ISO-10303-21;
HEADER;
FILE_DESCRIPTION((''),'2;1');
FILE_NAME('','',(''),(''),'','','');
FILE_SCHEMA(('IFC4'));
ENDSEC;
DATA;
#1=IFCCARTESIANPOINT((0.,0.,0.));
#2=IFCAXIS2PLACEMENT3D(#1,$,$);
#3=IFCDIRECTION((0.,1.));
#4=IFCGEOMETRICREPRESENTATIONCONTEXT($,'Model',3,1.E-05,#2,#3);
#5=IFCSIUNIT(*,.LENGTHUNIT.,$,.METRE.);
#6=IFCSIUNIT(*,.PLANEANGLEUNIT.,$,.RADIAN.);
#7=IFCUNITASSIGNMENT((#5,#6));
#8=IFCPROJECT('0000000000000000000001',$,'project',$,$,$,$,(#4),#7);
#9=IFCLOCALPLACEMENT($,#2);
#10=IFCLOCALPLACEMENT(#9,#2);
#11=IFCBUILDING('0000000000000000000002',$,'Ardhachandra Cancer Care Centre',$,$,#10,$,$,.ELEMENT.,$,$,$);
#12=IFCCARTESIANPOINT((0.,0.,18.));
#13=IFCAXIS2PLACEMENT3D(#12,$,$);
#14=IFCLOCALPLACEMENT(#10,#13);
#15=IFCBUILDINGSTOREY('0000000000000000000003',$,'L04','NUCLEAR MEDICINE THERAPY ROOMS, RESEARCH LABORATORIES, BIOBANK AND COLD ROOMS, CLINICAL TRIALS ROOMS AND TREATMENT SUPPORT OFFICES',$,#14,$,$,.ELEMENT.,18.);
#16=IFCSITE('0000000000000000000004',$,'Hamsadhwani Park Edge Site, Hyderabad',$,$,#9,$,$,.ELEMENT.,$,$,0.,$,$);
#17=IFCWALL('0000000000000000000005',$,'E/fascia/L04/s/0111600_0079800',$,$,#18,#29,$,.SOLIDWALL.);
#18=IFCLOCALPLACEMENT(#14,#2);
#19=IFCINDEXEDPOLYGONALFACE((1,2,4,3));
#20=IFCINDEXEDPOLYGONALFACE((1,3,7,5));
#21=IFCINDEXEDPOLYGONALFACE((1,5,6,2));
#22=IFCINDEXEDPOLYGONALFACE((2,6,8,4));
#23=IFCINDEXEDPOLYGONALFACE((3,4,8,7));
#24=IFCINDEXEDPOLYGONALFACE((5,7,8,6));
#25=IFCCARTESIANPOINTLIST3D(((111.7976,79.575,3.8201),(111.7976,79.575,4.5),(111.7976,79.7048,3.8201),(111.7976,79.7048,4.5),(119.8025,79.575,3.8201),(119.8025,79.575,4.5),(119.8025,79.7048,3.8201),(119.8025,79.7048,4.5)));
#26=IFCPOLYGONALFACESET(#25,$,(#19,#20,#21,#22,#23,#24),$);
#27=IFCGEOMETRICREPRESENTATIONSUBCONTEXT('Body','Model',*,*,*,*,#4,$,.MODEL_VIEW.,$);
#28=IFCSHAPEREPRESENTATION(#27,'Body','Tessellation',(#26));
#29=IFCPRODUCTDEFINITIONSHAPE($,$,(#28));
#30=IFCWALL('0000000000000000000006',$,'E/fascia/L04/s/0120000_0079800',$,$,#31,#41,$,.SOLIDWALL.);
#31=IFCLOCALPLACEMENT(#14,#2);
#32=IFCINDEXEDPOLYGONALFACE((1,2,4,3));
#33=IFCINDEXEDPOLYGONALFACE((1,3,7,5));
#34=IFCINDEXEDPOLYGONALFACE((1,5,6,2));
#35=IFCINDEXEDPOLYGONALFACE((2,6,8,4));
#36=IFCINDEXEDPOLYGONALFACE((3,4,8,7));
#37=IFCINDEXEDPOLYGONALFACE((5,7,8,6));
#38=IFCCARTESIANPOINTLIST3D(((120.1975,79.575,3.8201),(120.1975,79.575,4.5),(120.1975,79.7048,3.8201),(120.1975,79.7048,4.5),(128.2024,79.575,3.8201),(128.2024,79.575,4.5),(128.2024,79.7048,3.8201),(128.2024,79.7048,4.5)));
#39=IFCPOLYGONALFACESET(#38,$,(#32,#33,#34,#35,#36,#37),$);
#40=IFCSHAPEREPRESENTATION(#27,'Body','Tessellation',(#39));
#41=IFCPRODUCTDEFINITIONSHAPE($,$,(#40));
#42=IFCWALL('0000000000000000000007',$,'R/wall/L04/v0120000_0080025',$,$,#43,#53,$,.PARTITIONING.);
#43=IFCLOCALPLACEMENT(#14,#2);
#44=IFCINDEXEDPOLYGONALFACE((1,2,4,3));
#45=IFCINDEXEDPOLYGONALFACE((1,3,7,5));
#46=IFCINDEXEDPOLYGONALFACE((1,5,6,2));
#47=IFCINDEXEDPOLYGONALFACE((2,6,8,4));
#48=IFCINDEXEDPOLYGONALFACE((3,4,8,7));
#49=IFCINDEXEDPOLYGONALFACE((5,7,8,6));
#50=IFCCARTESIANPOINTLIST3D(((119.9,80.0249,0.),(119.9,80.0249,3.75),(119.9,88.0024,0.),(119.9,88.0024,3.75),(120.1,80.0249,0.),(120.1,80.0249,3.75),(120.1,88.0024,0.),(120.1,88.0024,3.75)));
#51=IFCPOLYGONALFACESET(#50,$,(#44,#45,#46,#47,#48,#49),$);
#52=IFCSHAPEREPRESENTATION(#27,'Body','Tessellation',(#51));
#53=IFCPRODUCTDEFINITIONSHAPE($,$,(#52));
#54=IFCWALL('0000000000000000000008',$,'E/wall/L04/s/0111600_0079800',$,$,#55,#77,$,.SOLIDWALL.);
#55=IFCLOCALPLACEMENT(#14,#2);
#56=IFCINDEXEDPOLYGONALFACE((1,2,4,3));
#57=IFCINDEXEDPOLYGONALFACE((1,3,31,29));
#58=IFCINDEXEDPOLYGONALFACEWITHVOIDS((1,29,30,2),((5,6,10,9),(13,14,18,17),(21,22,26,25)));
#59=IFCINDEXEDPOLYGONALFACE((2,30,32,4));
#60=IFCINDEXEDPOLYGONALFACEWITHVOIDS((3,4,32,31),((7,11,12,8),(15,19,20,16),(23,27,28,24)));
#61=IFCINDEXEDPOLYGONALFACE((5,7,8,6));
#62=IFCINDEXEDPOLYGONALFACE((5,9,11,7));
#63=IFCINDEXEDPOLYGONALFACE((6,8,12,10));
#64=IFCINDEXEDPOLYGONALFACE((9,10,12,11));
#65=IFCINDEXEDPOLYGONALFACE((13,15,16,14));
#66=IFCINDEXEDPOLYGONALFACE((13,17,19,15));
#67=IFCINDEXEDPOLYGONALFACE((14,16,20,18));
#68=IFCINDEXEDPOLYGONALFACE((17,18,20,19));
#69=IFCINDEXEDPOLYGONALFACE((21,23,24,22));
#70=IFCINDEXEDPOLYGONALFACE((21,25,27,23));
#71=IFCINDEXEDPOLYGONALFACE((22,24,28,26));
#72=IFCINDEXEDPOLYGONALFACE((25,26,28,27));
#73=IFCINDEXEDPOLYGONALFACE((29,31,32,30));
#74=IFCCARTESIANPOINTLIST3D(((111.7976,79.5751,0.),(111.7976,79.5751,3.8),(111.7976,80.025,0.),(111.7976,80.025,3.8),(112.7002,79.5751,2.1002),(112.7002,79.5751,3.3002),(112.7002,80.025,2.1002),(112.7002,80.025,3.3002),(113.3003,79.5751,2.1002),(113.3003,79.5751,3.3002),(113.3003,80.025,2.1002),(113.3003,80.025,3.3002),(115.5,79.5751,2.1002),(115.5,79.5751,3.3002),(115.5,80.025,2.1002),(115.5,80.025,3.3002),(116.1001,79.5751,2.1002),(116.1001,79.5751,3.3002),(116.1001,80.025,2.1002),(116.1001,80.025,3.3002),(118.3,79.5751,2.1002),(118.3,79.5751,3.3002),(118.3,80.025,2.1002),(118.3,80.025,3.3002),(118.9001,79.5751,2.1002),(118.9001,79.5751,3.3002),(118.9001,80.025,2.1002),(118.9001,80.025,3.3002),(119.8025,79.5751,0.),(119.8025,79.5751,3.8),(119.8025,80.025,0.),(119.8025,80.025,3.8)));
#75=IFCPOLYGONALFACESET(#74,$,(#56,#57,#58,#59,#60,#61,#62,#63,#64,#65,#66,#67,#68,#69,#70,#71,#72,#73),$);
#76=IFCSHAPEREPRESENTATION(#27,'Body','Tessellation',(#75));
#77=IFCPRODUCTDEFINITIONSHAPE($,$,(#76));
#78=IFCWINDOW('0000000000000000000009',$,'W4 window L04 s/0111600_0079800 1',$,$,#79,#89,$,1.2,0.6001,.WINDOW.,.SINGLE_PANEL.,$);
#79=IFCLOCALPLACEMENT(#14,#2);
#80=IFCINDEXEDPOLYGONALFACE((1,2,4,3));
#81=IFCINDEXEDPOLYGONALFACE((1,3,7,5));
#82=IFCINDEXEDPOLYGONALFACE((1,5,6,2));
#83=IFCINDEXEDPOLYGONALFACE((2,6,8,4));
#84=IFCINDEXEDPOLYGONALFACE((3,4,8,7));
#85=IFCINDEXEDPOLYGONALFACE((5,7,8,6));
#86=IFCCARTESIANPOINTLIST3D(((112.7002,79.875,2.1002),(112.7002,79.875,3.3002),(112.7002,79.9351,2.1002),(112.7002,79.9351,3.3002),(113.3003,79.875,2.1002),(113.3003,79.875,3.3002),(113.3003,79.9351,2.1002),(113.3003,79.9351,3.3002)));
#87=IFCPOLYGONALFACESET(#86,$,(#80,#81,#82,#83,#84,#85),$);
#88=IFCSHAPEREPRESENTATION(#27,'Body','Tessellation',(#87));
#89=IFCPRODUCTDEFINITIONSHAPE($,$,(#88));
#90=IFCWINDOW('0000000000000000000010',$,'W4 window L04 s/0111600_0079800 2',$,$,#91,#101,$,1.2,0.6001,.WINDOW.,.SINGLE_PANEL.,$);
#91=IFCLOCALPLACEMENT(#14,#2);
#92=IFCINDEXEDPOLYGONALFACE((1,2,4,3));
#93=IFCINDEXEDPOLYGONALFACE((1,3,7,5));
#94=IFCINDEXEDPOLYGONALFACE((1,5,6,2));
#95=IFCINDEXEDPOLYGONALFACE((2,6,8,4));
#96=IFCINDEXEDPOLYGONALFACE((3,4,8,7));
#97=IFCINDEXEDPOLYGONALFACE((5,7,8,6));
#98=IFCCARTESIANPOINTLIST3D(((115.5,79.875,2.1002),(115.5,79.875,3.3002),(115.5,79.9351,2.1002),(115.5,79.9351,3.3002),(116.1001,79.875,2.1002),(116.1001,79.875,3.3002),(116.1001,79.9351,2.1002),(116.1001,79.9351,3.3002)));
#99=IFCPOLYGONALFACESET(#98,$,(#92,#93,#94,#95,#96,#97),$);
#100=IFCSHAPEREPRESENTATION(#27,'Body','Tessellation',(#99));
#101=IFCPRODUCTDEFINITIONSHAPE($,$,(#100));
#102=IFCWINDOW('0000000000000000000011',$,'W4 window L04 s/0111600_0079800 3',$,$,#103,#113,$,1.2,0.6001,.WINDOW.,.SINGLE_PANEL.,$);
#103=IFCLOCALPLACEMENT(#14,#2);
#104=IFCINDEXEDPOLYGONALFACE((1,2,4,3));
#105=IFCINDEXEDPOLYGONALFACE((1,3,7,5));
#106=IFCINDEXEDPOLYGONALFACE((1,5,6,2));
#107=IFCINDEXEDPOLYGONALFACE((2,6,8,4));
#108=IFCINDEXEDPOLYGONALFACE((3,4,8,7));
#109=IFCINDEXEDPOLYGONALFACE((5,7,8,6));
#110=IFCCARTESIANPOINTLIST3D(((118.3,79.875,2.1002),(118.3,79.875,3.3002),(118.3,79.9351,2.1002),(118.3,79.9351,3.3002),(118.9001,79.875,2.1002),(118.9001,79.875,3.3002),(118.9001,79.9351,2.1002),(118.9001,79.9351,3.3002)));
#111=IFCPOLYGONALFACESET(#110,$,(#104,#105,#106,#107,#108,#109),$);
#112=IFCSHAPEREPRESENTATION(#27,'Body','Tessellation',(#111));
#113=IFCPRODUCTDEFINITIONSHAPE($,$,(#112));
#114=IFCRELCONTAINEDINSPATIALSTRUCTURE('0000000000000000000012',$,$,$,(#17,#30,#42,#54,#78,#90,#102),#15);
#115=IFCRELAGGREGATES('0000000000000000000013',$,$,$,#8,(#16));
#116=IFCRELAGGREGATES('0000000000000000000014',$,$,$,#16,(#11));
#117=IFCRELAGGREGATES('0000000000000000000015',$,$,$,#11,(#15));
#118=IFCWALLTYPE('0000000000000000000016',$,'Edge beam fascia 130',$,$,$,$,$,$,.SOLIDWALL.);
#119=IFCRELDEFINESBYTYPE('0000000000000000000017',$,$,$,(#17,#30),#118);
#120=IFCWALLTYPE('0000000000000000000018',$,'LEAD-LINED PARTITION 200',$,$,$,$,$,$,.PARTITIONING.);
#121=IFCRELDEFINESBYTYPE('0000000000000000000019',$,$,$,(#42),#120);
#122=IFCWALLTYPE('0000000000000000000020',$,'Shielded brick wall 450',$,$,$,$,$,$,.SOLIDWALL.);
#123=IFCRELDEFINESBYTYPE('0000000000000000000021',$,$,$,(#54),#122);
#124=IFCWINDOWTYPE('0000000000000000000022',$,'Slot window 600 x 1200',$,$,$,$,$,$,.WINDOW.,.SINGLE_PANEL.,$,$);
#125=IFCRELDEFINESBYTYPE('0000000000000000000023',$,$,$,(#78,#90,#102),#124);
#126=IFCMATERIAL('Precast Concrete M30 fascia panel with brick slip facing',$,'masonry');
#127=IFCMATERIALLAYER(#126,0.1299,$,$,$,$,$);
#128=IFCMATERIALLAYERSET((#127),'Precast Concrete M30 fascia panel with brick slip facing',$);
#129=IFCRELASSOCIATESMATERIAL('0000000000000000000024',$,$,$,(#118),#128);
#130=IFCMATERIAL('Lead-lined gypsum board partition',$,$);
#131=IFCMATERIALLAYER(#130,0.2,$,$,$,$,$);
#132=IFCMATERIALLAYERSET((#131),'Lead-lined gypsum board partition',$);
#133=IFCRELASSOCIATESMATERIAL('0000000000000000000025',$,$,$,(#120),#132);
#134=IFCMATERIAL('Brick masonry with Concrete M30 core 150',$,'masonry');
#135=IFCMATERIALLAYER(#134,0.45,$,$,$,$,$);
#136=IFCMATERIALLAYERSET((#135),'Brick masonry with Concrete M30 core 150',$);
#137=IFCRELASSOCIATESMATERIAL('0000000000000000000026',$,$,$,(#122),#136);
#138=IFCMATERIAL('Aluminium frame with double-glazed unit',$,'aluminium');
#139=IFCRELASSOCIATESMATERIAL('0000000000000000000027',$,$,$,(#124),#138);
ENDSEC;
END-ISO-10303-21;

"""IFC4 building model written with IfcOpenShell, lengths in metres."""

from ifc_helpers import new_model, si_unit, direction, frame, frame_2d, origin, place, context, subcontext, project, spatial, rectangle, extrude, material, layer, layer_set, type_object, element, fill, save


model = new_model("IFC4")

# Units and contexts
model_context = context("Model", 3, precision=1e-05, world=origin(), true_north=direction((0.0, 1.0)))
body_context = subcontext(model_context, "Body", "Model", "MODEL_VIEW")
ifc_project = project(units=[si_unit("LENGTHUNIT", "METRE"), si_unit("PLANEANGLEUNIT", "RADIAN")], contexts=[model_context])

# Site, building, storey
site_placement = place(None, origin())
site = spatial("IfcSite", under=ifc_project, at=site_placement, Name="Hamsadhwani Park Edge Site, Hyderabad", CompositionType="ELEMENT", RefElevation=0.0)
building_placement = place(site_placement, origin())
building = spatial("IfcBuilding", under=site, at=building_placement, Name="Ardhachandra Cancer Care Centre", CompositionType="ELEMENT")
storey_placement = place(building_placement, frame((0.0, 0.0, 18.0)))
storey = spatial("IfcBuildingStorey", under=building, at=storey_placement, Name="L04", Description="NUCLEAR MEDICINE THERAPY ROOMS, RESEARCH LABORATORIES, BIOBANK AND COLD ROOMS, CLINICAL TRIALS ROOMS AND TREATMENT SUPPORT OFFICES", CompositionType="ELEMENT", Elevation=18.0)

# Walls
ifc_material_1 = material(Name="Precast Concrete M30 fascia panel with brick slip facing", Category="masonry")
ifc_layer_1 = layer(ifc_material_1, 0.1299)
ifc_layer_set_1 = layer_set([ifc_layer_1], Name="Precast Concrete M30 fascia panel with brick slip facing")
wall_type_1 = type_object("IfcWallType", Name="Edge beam fascia 130", PredefinedType="SOLIDWALL", material=ifc_layer_set_1)
for number, where, z_axis, x_axis, name in (
    (1, (111.7976, 79.6399, 3.8201), (0.0, 0.0, 1.0), (1.0, 0.0, 0.0), "E/fascia/L04/s/0111600_0079800"),
    (2, (120.1975, 79.6399, 3.8201), (0.0, 0.0, 1.0), (1.0, 0.0, 0.0), "E/fascia/L04/s/0120000_0079800"),
):
    element("IfcWall", number, at=place(storey_placement, frame(where, z_axis=z_axis, x_axis=x_axis)), inside=storey, type_object=wall_type_1, Name=name, PredefinedType="SOLIDWALL", context=body_context, shape_type="SweptSolid", body=[
        extrude(rectangle(XDim=8.0049, YDim=0.1299, at=frame_2d((4.0024, 0.0))), origin(), (0.0, 0.0, 1.0), 0.6799),
    ])
ifc_material_2 = material(Name="Lead-lined gypsum board partition")
ifc_layer_2 = layer(ifc_material_2, 0.2)
ifc_layer_set_2 = layer_set([ifc_layer_2], Name="Lead-lined gypsum board partition")
wall_type_2 = type_object("IfcWallType", Name="LEAD-LINED PARTITION 200", PredefinedType="PARTITIONING", material=ifc_layer_set_2)
wall_1_placement = place(storey_placement, frame((120.0, 80.0249, 0.0), z_axis=(0.0, 0.0, 1.0), x_axis=(0.0, 1.0, 0.0)))
element("IfcWall", 3, at=wall_1_placement, inside=storey, type_object=wall_type_2, Name="R/wall/L04/v0120000_0080025", PredefinedType="PARTITIONING", context=body_context, shape_type="SweptSolid", body=[
    extrude(rectangle(XDim=7.9775, YDim=0.2, at=frame_2d((3.9888, 0.0))), origin(), (0.0, 0.0, 1.0), 3.75),
])

# Wall, openings, windows
ifc_material_3 = material(Name="Brick masonry with Concrete M30 core 150", Category="masonry")
ifc_layer_3 = layer(ifc_material_3, 0.45)
ifc_layer_set_3 = layer_set([ifc_layer_3], Name="Brick masonry with Concrete M30 core 150")
wall_type_3 = type_object("IfcWallType", Name="Shielded brick wall 450", PredefinedType="SOLIDWALL", material=ifc_layer_set_3)
wall_2_placement = place(storey_placement, frame((111.7976, 79.8, 0.0), z_axis=(0.0, 0.0, 1.0), x_axis=(1.0, 0.0, 0.0)))
wall_2 = element("IfcWall", 4, at=wall_2_placement, inside=storey, type_object=wall_type_3, Name="E/wall/L04/s/0111600_0079800", PredefinedType="SOLIDWALL", context=body_context, shape_type="SweptSolid", body=[
    extrude(rectangle(XDim=8.0049, YDim=0.45, at=frame_2d((4.0024, 0.0))), origin(), (0.0, 0.0, 1.0), 3.8),
])
opening_1_placement = place(wall_2_placement, frame((0.9026, 0.0, 2.1001)))
opening_1 = element("IfcOpeningElement", 5, at=opening_1_placement, cuts=wall_2, PredefinedType="OPENING", context=body_context, shape_type="SweptSolid", body=[
    extrude(rectangle(XDim=0.6001, YDim=1.2, at=frame_2d((0.3, 0.6001))), frame((0.0, 0.2349, 0.0), z_axis=(0.0, -1.0, 0.0), x_axis=(1.0, 0.0, 0.0)), (0.0, 0.0, 1.0), 0.47),
])
opening_2_placement = place(wall_2_placement, frame((3.7024, 0.0, 2.1001)))
opening_2 = element("IfcOpeningElement", 6, at=opening_2_placement, cuts=wall_2, PredefinedType="OPENING", context=body_context, shape_type="SweptSolid", body=[
    extrude(rectangle(XDim=0.6001, YDim=1.2, at=frame_2d((0.3, 0.6001))), frame((0.0, 0.2349, 0.0), z_axis=(0.0, -1.0, 0.0), x_axis=(1.0, 0.0, 0.0)), (0.0, 0.0, 1.0), 0.47),
])
opening_3_placement = place(wall_2_placement, frame((6.5024, 0.0, 2.1001)))
opening_3 = element("IfcOpeningElement", 7, at=opening_3_placement, cuts=wall_2, PredefinedType="OPENING", context=body_context, shape_type="SweptSolid", body=[
    extrude(rectangle(XDim=0.6001, YDim=1.2, at=frame_2d((0.3, 0.6001))), frame((0.0, 0.2349, 0.0), z_axis=(0.0, -1.0, 0.0), x_axis=(1.0, 0.0, 0.0)), (0.0, 0.0, 1.0), 0.47),
])
ifc_material_4 = material(Name="Aluminium frame with double-glazed unit", Category="aluminium")
window_type = type_object("IfcWindowType", Name="Slot window 600 x 1200", PartitioningType="SINGLE_PANEL", PredefinedType="WINDOW", material=ifc_material_4)
window_1_placement = place(opening_1_placement, origin())
window_1 = element("IfcWindow", 8, at=window_1_placement, inside=storey, type_object=window_type, Name="W4 window L04 s/0111600_0079800 1", OverallHeight=1.2, OverallWidth=0.6001, PartitioningType="SINGLE_PANEL", PredefinedType="WINDOW", context=body_context, shape_type="SweptSolid", body=[
    extrude(rectangle(XDim=0.6001, YDim=1.2, at=frame_2d((0.3, 0.6001))), frame((0.0, 0.135, 0.0), z_axis=(0.0, -1.0, 0.0), x_axis=(1.0, 0.0, 0.0)), (0.0, 0.0, 1.0), 0.0601),
])
fill(opening_1, window_1)
window_2_placement = place(opening_2_placement, origin())
window_2 = element("IfcWindow", 9, at=window_2_placement, inside=storey, type_object=window_type, Name="W4 window L04 s/0111600_0079800 2", OverallHeight=1.2, OverallWidth=0.6001, PartitioningType="SINGLE_PANEL", PredefinedType="WINDOW", context=body_context, shape_type="SweptSolid", body=[
    extrude(rectangle(XDim=0.6001, YDim=1.2, at=frame_2d((0.3, 0.6001))), frame((0.0, 0.135, 0.0), z_axis=(0.0, -1.0, 0.0), x_axis=(1.0, 0.0, 0.0)), (0.0, 0.0, 1.0), 0.0601),
])
fill(opening_2, window_2)
window_3_placement = place(opening_3_placement, origin())
window_3 = element("IfcWindow", 10, at=window_3_placement, inside=storey, type_object=window_type, Name="W4 window L04 s/0111600_0079800 3", OverallHeight=1.2, OverallWidth=0.6001, PartitioningType="SINGLE_PANEL", PredefinedType="WINDOW", context=body_context, shape_type="SweptSolid", body=[
    extrude(rectangle(XDim=0.6001, YDim=1.2, at=frame_2d((0.3, 0.6001))), frame((0.0, 0.135, 0.0), z_axis=(0.0, -1.0, 0.0), x_axis=(1.0, 0.0, 0.0)), (0.0, 0.0, 1.0), 0.0601),
])
fill(opening_3, window_3)

save(model, "model.ifc")
